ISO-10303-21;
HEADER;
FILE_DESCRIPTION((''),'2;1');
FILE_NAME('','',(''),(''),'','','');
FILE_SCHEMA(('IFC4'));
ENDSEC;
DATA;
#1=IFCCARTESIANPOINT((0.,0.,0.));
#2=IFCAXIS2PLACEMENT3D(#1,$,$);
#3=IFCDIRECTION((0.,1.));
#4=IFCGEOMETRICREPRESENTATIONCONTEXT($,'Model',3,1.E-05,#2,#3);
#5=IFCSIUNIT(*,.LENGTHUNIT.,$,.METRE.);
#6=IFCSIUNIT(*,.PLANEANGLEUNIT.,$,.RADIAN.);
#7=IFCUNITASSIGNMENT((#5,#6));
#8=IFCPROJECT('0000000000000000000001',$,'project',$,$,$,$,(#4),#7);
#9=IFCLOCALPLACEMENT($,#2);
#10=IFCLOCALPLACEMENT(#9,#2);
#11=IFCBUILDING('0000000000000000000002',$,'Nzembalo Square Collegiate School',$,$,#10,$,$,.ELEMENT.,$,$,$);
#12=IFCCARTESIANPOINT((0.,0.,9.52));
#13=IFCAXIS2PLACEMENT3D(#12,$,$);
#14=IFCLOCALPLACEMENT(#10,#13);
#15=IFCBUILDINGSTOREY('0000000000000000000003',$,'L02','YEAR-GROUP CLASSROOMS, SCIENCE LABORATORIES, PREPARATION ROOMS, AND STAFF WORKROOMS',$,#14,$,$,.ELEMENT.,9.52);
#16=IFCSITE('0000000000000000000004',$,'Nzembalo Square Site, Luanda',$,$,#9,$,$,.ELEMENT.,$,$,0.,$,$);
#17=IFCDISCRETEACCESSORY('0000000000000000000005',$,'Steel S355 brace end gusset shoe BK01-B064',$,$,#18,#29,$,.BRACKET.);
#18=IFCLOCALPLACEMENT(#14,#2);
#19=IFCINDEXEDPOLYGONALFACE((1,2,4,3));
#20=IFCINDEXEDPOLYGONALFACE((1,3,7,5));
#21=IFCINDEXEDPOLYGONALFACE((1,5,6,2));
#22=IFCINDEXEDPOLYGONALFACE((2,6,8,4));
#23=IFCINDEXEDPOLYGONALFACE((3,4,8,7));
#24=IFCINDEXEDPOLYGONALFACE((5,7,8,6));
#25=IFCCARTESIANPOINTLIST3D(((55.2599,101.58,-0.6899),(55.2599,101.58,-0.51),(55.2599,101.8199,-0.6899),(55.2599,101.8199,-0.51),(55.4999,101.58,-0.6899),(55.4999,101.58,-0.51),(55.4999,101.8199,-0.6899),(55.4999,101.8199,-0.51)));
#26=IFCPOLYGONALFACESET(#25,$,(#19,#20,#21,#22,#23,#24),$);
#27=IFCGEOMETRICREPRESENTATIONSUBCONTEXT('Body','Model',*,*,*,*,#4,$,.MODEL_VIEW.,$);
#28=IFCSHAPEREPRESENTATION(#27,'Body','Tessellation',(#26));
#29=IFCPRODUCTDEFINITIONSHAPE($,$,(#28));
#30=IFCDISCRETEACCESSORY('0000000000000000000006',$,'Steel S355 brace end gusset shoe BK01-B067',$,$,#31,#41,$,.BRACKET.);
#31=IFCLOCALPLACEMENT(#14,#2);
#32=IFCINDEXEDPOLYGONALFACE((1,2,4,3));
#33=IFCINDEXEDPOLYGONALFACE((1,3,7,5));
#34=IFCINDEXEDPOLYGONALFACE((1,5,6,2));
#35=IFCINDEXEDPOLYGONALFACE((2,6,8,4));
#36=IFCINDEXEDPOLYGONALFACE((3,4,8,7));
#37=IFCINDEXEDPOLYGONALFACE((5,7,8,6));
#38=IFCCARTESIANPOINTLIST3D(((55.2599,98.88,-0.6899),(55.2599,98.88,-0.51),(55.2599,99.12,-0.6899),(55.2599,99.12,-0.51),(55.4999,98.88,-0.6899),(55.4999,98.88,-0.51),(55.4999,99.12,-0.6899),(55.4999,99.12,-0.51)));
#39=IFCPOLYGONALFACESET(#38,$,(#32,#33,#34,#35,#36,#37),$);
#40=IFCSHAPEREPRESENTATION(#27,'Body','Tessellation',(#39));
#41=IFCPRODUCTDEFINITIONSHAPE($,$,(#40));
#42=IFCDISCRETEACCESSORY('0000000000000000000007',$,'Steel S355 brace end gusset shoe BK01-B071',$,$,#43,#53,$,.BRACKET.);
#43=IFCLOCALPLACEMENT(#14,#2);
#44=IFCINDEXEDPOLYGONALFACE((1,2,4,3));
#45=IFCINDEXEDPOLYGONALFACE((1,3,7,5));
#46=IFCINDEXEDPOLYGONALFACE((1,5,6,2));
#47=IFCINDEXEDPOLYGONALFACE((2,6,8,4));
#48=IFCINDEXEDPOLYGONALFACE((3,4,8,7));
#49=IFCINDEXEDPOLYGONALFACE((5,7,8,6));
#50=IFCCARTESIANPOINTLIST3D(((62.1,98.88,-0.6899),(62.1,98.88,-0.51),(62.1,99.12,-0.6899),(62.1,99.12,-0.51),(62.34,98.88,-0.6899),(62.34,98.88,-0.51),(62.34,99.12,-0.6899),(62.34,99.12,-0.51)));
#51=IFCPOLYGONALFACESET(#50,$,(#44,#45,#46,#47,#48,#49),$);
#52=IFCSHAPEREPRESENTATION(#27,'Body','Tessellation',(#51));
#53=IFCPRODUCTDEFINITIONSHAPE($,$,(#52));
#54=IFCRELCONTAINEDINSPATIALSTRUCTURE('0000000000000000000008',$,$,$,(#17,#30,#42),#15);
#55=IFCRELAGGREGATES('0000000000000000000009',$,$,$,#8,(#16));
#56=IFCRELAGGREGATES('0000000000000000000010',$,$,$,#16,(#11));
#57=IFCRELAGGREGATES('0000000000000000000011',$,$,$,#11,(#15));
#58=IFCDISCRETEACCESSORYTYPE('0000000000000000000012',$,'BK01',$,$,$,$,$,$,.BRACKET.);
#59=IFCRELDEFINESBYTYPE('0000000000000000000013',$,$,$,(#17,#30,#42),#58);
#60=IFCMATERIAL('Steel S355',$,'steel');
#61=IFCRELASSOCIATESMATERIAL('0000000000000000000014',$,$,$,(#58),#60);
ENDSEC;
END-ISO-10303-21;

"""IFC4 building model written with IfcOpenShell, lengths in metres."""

from ifc_helpers import new_model, si_unit, direction, frame, origin, origin_2d, place, context, subcontext, project, spatial, rectangle, extrude, material, type_object, element, save


model = new_model("IFC4")

# Units and contexts
model_context = context("Model", 3, precision=1e-05, world=origin(), true_north=direction((0.0, 1.0)))
body_context = subcontext(model_context, "Body", "Model", "MODEL_VIEW")
ifc_project = project(units=[si_unit("LENGTHUNIT", "METRE"), si_unit("PLANEANGLEUNIT", "RADIAN")], contexts=[model_context])

# Site, building, storey
site_placement = place(None, origin())
site = spatial("IfcSite", under=ifc_project, at=site_placement, Name="Nzembalo Square Site, Luanda", CompositionType="ELEMENT", RefElevation=0.0)
building_placement = place(site_placement, origin())
building = spatial("IfcBuilding", under=site, at=building_placement, Name="Nzembalo Square Collegiate School", CompositionType="ELEMENT")
storey_placement = place(building_placement, frame((0.0, 0.0, 9.52)))
storey = spatial("IfcBuildingStorey", under=building, at=storey_placement, Name="L02", Description="YEAR-GROUP CLASSROOMS, SCIENCE LABORATORIES, PREPARATION ROOMS, AND STAFF WORKROOMS", CompositionType="ELEMENT", Elevation=9.52)

# Discrete accessories
ifc_material_1 = material(Name="Steel S355", Category="steel")
discrete_accessory_type = type_object("IfcDiscreteAccessoryType", Name="BK01", PredefinedType="BRACKET", material=ifc_material_1)
for number, where, z_axis, x_axis, name in (
    (1, (55.3799, 101.7, -0.6899), (0.0, 0.0, 1.0), (1.0, 0.0, 0.0), "Steel S355 brace end gusset shoe BK01-B064"),
    (2, (55.3799, 99.0, -0.6899), (0.0, 0.0, 1.0), (1.0, 0.0, 0.0), "Steel S355 brace end gusset shoe BK01-B067"),
    (3, (62.22, 99.0, -0.6899), (0.0, 0.0, 1.0), (1.0, 0.0, 0.0), "Steel S355 brace end gusset shoe BK01-B071"),
):
    element("IfcDiscreteAccessory", number, at=place(storey_placement, frame(where, z_axis=z_axis, x_axis=x_axis)), inside=storey, type_object=discrete_accessory_type, Name=name, PredefinedType="BRACKET", context=body_context, shape_type="SweptSolid", body=[
        extrude(rectangle(XDim=0.24, YDim=0.24, at=origin_2d()), origin(), (0.0, 0.0, 1.0), 0.1799),
    ])

save(model, "model.ifc")
